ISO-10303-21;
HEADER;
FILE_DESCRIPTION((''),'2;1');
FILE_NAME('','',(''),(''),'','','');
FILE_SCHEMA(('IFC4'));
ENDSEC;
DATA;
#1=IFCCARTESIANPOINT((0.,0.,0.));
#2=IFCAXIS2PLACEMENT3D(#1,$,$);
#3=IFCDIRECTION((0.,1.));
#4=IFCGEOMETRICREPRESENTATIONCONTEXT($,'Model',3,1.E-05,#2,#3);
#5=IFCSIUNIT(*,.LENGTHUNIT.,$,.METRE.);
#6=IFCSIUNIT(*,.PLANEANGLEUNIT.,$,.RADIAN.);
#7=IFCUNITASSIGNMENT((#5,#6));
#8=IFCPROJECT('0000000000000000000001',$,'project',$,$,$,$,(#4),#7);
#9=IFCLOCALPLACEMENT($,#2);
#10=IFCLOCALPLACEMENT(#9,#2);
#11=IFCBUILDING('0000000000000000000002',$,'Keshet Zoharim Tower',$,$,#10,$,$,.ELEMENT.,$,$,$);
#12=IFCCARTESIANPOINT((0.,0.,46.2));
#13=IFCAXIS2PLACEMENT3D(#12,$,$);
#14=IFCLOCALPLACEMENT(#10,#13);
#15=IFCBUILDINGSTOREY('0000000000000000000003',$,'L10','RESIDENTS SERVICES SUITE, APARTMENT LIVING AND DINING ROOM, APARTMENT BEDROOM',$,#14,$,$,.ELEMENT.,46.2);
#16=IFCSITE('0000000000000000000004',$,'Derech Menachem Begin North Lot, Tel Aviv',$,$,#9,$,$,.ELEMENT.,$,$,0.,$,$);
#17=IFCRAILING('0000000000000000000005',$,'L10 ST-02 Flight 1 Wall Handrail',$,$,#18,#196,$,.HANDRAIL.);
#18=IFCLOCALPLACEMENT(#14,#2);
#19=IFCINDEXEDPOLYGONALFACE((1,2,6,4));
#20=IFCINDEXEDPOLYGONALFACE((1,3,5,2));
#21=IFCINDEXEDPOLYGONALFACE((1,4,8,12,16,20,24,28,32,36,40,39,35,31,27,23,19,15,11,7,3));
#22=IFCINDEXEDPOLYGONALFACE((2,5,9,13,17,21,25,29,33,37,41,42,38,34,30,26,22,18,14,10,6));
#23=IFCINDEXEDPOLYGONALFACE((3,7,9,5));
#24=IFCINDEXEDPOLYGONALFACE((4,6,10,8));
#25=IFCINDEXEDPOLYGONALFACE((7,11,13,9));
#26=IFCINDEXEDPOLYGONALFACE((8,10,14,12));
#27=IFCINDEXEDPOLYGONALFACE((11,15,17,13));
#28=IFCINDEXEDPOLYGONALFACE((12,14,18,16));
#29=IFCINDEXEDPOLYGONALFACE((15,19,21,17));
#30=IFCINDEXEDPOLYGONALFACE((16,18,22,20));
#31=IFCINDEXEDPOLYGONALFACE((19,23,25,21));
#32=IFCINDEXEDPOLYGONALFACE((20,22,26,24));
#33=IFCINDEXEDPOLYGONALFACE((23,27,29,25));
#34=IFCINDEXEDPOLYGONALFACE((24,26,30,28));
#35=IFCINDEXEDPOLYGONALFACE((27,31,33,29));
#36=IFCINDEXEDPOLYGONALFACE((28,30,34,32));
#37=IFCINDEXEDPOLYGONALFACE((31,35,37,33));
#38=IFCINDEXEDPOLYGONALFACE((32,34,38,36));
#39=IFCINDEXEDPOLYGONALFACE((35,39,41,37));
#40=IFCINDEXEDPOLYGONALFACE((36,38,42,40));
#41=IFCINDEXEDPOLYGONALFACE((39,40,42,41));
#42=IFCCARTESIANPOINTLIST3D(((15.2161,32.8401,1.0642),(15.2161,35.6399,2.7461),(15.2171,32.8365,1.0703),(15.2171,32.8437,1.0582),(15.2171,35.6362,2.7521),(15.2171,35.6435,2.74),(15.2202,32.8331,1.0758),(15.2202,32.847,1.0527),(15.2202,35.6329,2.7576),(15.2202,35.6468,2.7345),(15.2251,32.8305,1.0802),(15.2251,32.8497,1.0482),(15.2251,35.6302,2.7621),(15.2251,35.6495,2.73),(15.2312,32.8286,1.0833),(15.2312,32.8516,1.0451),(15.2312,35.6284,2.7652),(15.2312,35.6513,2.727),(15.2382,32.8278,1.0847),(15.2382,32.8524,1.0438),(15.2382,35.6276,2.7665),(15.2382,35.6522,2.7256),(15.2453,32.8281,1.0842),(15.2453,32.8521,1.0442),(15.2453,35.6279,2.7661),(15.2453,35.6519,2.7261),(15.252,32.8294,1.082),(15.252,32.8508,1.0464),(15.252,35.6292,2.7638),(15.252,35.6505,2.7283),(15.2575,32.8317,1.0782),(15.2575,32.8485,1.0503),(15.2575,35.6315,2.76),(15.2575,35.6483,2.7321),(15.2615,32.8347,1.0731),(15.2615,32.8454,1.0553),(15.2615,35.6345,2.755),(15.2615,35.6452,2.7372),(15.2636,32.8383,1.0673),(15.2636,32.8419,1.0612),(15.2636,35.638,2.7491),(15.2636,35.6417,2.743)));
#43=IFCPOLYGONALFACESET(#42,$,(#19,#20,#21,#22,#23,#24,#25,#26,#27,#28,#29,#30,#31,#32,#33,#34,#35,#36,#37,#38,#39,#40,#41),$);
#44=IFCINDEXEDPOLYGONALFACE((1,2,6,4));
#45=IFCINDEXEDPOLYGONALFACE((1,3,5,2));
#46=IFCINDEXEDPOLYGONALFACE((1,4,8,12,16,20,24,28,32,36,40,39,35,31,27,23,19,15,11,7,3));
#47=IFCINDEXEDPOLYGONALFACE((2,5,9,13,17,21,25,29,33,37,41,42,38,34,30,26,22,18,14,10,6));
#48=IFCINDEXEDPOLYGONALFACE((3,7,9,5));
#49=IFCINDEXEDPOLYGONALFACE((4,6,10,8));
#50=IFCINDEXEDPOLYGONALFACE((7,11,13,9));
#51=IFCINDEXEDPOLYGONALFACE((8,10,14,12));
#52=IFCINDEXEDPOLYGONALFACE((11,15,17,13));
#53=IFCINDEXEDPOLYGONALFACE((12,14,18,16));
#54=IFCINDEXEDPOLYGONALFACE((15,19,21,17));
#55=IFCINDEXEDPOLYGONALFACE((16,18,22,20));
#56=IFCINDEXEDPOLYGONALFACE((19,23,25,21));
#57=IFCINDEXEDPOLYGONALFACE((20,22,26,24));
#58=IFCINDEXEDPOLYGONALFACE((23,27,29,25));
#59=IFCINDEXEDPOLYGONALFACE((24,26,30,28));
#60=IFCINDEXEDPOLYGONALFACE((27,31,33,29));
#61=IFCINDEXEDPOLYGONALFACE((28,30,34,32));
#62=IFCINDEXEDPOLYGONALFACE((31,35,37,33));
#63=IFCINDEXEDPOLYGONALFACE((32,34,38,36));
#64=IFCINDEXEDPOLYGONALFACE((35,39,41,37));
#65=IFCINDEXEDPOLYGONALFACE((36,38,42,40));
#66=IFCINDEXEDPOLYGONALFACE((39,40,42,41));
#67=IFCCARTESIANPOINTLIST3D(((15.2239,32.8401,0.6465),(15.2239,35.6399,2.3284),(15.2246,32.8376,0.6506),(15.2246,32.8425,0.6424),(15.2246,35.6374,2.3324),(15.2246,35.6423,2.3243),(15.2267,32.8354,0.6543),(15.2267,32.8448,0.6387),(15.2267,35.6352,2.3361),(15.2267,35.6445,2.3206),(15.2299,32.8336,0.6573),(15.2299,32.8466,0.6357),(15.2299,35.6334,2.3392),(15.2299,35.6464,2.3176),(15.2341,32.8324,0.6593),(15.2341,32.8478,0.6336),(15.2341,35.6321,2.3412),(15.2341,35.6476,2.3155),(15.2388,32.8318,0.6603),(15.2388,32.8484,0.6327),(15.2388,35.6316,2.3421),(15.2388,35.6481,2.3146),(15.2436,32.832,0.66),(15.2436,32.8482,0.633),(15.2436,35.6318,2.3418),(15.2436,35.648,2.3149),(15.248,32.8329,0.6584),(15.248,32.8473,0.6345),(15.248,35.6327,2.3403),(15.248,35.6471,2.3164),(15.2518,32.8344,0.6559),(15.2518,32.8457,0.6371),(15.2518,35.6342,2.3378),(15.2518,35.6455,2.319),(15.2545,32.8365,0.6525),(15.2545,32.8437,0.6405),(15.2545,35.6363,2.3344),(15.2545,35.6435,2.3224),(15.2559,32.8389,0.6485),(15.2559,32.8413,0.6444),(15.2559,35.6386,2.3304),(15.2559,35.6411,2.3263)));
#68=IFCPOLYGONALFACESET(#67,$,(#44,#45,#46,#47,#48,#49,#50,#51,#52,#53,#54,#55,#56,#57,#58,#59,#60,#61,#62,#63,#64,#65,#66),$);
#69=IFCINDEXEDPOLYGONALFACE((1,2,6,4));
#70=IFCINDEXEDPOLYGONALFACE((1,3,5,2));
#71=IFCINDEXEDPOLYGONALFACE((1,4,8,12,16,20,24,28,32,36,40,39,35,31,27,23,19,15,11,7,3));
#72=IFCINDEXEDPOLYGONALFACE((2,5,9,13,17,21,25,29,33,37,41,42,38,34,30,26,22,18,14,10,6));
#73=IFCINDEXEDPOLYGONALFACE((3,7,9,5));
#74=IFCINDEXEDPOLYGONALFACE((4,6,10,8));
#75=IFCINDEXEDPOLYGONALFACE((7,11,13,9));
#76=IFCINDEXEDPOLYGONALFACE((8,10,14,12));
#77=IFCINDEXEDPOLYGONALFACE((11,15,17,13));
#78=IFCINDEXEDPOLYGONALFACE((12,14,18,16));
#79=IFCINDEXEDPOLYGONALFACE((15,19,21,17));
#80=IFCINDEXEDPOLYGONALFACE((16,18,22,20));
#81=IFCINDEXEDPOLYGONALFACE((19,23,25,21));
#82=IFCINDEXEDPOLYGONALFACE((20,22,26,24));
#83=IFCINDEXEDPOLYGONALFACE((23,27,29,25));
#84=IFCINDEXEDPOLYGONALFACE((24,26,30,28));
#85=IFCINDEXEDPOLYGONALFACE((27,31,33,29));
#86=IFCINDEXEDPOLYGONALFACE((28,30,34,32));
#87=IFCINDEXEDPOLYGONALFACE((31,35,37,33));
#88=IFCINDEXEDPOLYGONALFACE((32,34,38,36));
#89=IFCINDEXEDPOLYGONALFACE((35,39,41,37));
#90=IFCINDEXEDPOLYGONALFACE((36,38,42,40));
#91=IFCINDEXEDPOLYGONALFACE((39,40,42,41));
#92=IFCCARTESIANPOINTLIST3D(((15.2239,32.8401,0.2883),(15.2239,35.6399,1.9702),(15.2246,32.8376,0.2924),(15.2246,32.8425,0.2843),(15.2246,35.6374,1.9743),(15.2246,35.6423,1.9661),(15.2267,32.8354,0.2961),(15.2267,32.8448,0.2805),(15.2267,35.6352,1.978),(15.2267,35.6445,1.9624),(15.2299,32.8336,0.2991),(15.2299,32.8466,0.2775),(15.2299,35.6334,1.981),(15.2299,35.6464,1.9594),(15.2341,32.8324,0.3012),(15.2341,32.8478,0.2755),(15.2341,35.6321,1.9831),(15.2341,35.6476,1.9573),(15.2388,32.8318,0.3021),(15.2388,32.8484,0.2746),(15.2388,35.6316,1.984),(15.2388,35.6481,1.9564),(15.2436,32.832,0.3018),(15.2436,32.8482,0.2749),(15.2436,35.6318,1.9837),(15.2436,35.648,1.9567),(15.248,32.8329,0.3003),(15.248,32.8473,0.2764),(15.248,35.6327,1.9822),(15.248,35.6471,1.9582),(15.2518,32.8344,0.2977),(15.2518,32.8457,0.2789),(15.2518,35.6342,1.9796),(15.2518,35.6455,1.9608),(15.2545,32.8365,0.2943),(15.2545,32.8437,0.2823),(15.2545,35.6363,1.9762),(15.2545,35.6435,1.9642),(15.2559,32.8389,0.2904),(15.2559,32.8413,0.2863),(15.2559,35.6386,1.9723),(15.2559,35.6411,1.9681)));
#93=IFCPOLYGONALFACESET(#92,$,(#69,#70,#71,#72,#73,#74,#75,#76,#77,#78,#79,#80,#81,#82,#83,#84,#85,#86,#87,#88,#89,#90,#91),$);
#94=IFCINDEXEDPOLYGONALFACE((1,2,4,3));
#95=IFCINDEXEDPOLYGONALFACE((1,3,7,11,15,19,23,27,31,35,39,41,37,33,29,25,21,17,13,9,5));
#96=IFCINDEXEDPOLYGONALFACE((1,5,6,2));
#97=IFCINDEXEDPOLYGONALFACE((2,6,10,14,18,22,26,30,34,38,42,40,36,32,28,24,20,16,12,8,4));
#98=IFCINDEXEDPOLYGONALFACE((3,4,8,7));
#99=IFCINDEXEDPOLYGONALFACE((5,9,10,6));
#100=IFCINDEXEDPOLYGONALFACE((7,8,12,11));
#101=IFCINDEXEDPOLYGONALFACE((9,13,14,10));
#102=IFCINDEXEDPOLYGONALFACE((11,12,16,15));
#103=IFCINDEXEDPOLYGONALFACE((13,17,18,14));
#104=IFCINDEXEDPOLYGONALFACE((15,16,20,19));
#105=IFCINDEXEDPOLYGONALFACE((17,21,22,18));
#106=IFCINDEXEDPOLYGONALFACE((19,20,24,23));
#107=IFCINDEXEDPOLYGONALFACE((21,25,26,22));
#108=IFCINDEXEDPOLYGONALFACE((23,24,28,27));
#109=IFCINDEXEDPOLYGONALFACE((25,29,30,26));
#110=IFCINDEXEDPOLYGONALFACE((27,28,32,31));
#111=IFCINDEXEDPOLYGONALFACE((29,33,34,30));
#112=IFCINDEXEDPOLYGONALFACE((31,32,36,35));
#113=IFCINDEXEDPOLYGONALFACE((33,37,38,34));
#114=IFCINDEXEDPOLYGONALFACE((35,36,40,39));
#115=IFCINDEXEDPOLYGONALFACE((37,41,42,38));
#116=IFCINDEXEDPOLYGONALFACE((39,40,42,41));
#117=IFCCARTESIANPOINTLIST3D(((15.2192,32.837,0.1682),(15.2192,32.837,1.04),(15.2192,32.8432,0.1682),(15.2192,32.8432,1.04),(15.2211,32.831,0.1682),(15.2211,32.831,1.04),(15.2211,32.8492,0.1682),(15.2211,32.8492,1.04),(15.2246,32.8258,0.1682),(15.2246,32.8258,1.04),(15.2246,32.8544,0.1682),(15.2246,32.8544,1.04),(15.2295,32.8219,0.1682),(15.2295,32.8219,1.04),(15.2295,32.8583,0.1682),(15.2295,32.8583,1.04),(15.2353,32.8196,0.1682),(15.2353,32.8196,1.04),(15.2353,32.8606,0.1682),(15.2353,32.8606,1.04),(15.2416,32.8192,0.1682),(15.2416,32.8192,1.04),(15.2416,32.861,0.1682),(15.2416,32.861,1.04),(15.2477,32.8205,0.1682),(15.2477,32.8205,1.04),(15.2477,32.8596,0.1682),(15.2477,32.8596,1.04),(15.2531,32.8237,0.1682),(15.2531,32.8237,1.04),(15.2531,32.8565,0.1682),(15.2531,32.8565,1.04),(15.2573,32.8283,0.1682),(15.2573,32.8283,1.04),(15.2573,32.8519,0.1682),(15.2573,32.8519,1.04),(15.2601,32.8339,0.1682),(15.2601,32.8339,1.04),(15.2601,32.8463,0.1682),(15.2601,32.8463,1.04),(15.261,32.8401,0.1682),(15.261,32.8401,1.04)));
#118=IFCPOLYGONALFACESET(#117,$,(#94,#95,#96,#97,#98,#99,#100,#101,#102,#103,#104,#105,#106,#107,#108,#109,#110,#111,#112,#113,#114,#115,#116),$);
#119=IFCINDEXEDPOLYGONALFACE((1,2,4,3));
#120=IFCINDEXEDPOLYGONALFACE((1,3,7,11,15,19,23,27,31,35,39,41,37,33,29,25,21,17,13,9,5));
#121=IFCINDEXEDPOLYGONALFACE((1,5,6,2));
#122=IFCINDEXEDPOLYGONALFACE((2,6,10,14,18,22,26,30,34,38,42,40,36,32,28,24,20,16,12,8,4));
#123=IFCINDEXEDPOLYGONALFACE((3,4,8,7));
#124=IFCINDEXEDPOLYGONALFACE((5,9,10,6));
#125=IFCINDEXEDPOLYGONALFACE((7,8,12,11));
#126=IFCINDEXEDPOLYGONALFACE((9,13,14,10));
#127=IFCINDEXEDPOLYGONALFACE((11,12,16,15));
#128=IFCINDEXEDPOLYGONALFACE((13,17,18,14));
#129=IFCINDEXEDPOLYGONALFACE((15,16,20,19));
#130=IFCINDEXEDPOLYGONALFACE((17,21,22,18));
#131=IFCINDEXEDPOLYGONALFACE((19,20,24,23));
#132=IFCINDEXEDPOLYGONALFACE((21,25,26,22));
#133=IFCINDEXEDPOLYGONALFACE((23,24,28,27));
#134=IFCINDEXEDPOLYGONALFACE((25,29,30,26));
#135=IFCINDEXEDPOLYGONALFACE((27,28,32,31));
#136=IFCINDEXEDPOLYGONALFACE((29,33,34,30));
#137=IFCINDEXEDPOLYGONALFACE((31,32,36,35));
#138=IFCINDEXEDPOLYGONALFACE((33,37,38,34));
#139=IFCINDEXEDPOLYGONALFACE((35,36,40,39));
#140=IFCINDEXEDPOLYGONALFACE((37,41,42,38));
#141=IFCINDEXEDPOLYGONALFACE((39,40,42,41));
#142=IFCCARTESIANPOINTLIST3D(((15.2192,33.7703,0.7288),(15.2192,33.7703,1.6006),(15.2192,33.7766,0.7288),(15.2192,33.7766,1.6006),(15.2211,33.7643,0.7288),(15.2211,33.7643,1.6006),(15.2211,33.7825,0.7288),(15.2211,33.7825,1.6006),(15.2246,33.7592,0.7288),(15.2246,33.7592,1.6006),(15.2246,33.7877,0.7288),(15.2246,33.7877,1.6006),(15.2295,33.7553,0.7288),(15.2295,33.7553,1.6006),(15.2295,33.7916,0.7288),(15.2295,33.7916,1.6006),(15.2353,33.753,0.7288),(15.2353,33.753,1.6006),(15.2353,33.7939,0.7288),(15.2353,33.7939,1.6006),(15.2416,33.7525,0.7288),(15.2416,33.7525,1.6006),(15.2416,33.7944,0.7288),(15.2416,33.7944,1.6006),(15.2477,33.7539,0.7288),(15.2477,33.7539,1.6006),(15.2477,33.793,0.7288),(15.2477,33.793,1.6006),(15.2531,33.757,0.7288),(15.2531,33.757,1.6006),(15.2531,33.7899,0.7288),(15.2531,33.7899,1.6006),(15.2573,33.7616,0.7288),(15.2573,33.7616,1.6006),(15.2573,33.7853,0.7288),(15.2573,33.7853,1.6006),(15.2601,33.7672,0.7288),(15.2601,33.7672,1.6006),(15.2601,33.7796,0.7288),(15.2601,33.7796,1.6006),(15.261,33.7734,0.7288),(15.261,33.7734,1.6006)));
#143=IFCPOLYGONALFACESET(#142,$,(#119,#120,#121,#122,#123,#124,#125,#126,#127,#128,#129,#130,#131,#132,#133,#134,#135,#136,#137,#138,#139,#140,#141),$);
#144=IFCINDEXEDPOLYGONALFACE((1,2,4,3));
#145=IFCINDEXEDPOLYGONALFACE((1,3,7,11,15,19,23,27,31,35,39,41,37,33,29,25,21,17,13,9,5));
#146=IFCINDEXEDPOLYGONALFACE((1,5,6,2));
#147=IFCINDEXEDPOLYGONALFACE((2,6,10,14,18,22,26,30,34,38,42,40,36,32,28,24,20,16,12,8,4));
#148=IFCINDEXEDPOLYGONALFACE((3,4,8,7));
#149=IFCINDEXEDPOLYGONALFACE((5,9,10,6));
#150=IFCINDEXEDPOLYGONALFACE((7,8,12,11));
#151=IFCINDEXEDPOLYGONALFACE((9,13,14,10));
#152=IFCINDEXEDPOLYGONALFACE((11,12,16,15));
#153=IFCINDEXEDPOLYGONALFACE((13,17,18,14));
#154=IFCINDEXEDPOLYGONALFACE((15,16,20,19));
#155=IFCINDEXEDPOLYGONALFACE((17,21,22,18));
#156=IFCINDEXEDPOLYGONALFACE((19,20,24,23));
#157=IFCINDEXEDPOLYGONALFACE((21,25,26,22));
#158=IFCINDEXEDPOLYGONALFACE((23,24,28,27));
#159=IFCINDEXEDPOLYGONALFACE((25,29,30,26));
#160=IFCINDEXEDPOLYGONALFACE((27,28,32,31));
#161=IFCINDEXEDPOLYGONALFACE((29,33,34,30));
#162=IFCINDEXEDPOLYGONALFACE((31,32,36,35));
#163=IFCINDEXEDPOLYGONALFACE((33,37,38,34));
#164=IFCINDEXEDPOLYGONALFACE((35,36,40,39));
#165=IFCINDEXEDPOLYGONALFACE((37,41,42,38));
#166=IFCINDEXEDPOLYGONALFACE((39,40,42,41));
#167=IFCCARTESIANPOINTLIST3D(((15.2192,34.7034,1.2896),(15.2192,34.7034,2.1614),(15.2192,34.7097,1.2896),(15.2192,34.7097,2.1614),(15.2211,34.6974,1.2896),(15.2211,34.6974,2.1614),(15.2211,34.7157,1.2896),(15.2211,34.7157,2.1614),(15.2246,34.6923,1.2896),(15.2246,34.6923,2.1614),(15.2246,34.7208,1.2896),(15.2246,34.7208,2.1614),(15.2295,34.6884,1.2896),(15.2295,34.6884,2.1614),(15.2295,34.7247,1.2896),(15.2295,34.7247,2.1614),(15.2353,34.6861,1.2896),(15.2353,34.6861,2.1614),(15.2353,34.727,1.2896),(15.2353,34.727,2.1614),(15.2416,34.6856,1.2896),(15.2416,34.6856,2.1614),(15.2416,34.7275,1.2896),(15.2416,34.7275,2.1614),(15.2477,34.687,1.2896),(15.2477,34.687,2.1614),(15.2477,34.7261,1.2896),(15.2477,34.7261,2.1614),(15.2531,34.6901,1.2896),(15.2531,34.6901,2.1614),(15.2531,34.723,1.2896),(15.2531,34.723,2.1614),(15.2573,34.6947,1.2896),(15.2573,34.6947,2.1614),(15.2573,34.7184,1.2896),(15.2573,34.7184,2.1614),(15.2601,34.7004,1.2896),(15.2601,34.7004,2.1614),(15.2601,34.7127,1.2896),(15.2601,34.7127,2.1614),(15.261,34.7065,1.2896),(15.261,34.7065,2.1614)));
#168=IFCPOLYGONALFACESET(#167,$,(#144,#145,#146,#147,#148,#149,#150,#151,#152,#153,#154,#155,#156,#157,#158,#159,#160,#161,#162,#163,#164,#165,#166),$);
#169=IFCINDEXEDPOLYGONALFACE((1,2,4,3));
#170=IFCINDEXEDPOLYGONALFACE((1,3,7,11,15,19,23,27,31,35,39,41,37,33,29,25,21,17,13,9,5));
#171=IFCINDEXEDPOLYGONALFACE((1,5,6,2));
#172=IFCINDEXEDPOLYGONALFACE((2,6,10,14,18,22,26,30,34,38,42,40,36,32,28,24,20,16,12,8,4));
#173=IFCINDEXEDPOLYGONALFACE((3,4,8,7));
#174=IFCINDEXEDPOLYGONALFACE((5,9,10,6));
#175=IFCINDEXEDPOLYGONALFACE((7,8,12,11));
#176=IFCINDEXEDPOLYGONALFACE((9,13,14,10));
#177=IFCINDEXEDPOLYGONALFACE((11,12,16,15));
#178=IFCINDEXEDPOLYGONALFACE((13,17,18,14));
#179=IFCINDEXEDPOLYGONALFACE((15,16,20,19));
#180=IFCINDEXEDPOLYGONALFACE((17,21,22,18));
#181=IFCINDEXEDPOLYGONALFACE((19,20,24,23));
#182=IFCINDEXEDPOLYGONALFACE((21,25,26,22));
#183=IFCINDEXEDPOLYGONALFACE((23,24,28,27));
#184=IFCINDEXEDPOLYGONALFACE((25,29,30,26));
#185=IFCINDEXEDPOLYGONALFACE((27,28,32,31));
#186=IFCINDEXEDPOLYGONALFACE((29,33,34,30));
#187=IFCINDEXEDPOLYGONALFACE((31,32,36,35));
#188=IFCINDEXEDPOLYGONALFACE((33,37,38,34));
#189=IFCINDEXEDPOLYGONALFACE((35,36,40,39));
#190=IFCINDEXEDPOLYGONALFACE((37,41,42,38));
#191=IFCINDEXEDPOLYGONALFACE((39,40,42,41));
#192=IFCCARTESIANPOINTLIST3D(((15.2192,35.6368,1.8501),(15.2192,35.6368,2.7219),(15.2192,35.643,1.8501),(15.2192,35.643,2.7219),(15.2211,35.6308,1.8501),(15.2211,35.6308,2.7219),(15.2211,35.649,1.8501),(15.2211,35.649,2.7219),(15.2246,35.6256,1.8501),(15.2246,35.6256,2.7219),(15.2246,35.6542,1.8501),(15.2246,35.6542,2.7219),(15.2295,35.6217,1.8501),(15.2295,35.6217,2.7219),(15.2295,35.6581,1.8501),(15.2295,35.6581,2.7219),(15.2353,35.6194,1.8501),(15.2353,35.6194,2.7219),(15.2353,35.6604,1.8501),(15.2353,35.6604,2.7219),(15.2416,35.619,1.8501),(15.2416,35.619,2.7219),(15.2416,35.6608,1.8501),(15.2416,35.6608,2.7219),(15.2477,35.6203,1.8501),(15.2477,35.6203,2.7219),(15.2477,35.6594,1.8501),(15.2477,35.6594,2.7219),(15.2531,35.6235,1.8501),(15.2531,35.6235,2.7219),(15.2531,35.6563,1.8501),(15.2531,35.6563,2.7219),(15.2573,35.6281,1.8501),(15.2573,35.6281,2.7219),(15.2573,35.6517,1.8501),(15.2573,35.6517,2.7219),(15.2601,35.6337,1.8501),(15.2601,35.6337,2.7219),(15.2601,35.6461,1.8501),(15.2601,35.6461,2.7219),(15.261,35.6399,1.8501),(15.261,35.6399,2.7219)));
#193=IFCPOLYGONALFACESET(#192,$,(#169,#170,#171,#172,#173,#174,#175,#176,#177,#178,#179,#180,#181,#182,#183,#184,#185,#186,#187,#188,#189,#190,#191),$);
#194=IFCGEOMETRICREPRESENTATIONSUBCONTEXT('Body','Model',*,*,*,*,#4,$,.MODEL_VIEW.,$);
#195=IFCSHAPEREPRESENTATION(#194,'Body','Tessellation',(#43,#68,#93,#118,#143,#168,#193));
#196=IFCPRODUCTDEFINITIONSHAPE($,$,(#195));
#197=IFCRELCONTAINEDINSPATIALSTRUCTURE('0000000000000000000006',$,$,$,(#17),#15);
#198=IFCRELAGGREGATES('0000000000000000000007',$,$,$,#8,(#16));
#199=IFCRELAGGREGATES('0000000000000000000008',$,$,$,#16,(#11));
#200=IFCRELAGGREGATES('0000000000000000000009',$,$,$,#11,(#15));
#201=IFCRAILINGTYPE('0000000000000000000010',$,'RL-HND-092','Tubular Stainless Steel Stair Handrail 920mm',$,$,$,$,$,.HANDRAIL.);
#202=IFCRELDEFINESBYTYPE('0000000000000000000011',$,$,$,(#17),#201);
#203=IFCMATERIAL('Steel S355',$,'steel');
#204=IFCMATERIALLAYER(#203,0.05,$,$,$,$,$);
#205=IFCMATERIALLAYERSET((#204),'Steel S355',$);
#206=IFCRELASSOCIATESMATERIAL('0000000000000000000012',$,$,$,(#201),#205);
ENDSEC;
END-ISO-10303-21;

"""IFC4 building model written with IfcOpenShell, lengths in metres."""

from ifc_helpers import new_model, si_unit, direction, frame, origin, origin_2d, place, context, subcontext, project, spatial, circle, extrude, material, layer, layer_set, type_object, element, save


model = new_model("IFC4")

# Units and contexts
model_context = context("Model", 3, precision=1e-05, world=origin(), true_north=direction((0.0, 1.0)))
body_context = subcontext(model_context, "Body", "Model", "MODEL_VIEW")
ifc_project = project(units=[si_unit("LENGTHUNIT", "METRE"), si_unit("PLANEANGLEUNIT", "RADIAN")], contexts=[model_context])

# Site, building, storey
site_placement = place(None, origin())
site = spatial("IfcSite", under=ifc_project, at=site_placement, Name="Derech Menachem Begin North Lot, Tel Aviv", CompositionType="ELEMENT", RefElevation=0.0)
building_placement = place(site_placement, origin())
building = spatial("IfcBuilding", under=site, at=building_placement, Name="Keshet Zoharim Tower", CompositionType="ELEMENT")
storey_placement = place(building_placement, frame((0.0, 0.0, 46.2)))
storey = spatial("IfcBuildingStorey", under=building, at=storey_placement, Name="L10", Description="RESIDENTS SERVICES SUITE, APARTMENT LIVING AND DINING ROOM, APARTMENT BEDROOM", CompositionType="ELEMENT", Elevation=46.2)

# Shared definitions
ifc_material_1 = material(Name="Steel S355", Category="steel")

# Railing
ifc_layer_1 = layer(ifc_material_1, 0.05)
ifc_layer_set_1 = layer_set([ifc_layer_1], Name="Steel S355")
railing_type_1 = type_object("IfcRailingType", Name="RL-HND-092", Description="Tubular Stainless Steel Stair Handrail 920mm", PredefinedType="HANDRAIL", material=ifc_layer_set_1)
railing_1_placement = place(storey_placement, frame((15.24, 32.8401, 0.1682)))
element("IfcRailing", 1, at=railing_1_placement, inside=storey, type_object=railing_type_1, Name="L10 ST-02 Flight 1 Wall Handrail", PredefinedType="HANDRAIL", context=body_context, shape_type="SweptSolid", body=[
    extrude(circle(Radius=0.0239, at=origin_2d()), frame((0.0, 0.0, 0.896), z_axis=(0.0, 0.857222, 0.514946), x_axis=(-1.0, 0.0, 0.0)), (0.0, 0.0, 1.0), 3.2661),
    extrude(circle(Radius=0.0161, at=origin_2d()), frame((0.0, 0.0, 0.4783), z_axis=(0.0, 0.857222, 0.514946), x_axis=(-1.0, 0.0, 0.0)), (0.0, 0.0, 1.0), 3.2661),
    extrude(circle(Radius=0.0161, at=origin_2d()), frame((0.0, 0.0, 0.1201), z_axis=(0.0, 0.857222, 0.514946), x_axis=(-1.0, 0.0, 0.0)), (0.0, 0.0, 1.0), 3.2661),
    extrude(circle(Radius=0.021, at=origin_2d()), origin(), (0.0, 0.0, 1.0), 0.8718),
    extrude(circle(Radius=0.021, at=origin_2d()), frame((0.0, 0.9333, 0.5605)), (0.0, 0.0, 1.0), 0.8718),
    extrude(circle(Radius=0.021, at=origin_2d()), frame((0.0, 1.8665, 1.1213)), (0.0, 0.0, 1.0), 0.8718),
    extrude(circle(Radius=0.021, at=origin_2d()), frame((0.0, 2.7998, 1.6819)), (0.0, 0.0, 1.0), 0.8718),
])

save(model, "model.ifc")
